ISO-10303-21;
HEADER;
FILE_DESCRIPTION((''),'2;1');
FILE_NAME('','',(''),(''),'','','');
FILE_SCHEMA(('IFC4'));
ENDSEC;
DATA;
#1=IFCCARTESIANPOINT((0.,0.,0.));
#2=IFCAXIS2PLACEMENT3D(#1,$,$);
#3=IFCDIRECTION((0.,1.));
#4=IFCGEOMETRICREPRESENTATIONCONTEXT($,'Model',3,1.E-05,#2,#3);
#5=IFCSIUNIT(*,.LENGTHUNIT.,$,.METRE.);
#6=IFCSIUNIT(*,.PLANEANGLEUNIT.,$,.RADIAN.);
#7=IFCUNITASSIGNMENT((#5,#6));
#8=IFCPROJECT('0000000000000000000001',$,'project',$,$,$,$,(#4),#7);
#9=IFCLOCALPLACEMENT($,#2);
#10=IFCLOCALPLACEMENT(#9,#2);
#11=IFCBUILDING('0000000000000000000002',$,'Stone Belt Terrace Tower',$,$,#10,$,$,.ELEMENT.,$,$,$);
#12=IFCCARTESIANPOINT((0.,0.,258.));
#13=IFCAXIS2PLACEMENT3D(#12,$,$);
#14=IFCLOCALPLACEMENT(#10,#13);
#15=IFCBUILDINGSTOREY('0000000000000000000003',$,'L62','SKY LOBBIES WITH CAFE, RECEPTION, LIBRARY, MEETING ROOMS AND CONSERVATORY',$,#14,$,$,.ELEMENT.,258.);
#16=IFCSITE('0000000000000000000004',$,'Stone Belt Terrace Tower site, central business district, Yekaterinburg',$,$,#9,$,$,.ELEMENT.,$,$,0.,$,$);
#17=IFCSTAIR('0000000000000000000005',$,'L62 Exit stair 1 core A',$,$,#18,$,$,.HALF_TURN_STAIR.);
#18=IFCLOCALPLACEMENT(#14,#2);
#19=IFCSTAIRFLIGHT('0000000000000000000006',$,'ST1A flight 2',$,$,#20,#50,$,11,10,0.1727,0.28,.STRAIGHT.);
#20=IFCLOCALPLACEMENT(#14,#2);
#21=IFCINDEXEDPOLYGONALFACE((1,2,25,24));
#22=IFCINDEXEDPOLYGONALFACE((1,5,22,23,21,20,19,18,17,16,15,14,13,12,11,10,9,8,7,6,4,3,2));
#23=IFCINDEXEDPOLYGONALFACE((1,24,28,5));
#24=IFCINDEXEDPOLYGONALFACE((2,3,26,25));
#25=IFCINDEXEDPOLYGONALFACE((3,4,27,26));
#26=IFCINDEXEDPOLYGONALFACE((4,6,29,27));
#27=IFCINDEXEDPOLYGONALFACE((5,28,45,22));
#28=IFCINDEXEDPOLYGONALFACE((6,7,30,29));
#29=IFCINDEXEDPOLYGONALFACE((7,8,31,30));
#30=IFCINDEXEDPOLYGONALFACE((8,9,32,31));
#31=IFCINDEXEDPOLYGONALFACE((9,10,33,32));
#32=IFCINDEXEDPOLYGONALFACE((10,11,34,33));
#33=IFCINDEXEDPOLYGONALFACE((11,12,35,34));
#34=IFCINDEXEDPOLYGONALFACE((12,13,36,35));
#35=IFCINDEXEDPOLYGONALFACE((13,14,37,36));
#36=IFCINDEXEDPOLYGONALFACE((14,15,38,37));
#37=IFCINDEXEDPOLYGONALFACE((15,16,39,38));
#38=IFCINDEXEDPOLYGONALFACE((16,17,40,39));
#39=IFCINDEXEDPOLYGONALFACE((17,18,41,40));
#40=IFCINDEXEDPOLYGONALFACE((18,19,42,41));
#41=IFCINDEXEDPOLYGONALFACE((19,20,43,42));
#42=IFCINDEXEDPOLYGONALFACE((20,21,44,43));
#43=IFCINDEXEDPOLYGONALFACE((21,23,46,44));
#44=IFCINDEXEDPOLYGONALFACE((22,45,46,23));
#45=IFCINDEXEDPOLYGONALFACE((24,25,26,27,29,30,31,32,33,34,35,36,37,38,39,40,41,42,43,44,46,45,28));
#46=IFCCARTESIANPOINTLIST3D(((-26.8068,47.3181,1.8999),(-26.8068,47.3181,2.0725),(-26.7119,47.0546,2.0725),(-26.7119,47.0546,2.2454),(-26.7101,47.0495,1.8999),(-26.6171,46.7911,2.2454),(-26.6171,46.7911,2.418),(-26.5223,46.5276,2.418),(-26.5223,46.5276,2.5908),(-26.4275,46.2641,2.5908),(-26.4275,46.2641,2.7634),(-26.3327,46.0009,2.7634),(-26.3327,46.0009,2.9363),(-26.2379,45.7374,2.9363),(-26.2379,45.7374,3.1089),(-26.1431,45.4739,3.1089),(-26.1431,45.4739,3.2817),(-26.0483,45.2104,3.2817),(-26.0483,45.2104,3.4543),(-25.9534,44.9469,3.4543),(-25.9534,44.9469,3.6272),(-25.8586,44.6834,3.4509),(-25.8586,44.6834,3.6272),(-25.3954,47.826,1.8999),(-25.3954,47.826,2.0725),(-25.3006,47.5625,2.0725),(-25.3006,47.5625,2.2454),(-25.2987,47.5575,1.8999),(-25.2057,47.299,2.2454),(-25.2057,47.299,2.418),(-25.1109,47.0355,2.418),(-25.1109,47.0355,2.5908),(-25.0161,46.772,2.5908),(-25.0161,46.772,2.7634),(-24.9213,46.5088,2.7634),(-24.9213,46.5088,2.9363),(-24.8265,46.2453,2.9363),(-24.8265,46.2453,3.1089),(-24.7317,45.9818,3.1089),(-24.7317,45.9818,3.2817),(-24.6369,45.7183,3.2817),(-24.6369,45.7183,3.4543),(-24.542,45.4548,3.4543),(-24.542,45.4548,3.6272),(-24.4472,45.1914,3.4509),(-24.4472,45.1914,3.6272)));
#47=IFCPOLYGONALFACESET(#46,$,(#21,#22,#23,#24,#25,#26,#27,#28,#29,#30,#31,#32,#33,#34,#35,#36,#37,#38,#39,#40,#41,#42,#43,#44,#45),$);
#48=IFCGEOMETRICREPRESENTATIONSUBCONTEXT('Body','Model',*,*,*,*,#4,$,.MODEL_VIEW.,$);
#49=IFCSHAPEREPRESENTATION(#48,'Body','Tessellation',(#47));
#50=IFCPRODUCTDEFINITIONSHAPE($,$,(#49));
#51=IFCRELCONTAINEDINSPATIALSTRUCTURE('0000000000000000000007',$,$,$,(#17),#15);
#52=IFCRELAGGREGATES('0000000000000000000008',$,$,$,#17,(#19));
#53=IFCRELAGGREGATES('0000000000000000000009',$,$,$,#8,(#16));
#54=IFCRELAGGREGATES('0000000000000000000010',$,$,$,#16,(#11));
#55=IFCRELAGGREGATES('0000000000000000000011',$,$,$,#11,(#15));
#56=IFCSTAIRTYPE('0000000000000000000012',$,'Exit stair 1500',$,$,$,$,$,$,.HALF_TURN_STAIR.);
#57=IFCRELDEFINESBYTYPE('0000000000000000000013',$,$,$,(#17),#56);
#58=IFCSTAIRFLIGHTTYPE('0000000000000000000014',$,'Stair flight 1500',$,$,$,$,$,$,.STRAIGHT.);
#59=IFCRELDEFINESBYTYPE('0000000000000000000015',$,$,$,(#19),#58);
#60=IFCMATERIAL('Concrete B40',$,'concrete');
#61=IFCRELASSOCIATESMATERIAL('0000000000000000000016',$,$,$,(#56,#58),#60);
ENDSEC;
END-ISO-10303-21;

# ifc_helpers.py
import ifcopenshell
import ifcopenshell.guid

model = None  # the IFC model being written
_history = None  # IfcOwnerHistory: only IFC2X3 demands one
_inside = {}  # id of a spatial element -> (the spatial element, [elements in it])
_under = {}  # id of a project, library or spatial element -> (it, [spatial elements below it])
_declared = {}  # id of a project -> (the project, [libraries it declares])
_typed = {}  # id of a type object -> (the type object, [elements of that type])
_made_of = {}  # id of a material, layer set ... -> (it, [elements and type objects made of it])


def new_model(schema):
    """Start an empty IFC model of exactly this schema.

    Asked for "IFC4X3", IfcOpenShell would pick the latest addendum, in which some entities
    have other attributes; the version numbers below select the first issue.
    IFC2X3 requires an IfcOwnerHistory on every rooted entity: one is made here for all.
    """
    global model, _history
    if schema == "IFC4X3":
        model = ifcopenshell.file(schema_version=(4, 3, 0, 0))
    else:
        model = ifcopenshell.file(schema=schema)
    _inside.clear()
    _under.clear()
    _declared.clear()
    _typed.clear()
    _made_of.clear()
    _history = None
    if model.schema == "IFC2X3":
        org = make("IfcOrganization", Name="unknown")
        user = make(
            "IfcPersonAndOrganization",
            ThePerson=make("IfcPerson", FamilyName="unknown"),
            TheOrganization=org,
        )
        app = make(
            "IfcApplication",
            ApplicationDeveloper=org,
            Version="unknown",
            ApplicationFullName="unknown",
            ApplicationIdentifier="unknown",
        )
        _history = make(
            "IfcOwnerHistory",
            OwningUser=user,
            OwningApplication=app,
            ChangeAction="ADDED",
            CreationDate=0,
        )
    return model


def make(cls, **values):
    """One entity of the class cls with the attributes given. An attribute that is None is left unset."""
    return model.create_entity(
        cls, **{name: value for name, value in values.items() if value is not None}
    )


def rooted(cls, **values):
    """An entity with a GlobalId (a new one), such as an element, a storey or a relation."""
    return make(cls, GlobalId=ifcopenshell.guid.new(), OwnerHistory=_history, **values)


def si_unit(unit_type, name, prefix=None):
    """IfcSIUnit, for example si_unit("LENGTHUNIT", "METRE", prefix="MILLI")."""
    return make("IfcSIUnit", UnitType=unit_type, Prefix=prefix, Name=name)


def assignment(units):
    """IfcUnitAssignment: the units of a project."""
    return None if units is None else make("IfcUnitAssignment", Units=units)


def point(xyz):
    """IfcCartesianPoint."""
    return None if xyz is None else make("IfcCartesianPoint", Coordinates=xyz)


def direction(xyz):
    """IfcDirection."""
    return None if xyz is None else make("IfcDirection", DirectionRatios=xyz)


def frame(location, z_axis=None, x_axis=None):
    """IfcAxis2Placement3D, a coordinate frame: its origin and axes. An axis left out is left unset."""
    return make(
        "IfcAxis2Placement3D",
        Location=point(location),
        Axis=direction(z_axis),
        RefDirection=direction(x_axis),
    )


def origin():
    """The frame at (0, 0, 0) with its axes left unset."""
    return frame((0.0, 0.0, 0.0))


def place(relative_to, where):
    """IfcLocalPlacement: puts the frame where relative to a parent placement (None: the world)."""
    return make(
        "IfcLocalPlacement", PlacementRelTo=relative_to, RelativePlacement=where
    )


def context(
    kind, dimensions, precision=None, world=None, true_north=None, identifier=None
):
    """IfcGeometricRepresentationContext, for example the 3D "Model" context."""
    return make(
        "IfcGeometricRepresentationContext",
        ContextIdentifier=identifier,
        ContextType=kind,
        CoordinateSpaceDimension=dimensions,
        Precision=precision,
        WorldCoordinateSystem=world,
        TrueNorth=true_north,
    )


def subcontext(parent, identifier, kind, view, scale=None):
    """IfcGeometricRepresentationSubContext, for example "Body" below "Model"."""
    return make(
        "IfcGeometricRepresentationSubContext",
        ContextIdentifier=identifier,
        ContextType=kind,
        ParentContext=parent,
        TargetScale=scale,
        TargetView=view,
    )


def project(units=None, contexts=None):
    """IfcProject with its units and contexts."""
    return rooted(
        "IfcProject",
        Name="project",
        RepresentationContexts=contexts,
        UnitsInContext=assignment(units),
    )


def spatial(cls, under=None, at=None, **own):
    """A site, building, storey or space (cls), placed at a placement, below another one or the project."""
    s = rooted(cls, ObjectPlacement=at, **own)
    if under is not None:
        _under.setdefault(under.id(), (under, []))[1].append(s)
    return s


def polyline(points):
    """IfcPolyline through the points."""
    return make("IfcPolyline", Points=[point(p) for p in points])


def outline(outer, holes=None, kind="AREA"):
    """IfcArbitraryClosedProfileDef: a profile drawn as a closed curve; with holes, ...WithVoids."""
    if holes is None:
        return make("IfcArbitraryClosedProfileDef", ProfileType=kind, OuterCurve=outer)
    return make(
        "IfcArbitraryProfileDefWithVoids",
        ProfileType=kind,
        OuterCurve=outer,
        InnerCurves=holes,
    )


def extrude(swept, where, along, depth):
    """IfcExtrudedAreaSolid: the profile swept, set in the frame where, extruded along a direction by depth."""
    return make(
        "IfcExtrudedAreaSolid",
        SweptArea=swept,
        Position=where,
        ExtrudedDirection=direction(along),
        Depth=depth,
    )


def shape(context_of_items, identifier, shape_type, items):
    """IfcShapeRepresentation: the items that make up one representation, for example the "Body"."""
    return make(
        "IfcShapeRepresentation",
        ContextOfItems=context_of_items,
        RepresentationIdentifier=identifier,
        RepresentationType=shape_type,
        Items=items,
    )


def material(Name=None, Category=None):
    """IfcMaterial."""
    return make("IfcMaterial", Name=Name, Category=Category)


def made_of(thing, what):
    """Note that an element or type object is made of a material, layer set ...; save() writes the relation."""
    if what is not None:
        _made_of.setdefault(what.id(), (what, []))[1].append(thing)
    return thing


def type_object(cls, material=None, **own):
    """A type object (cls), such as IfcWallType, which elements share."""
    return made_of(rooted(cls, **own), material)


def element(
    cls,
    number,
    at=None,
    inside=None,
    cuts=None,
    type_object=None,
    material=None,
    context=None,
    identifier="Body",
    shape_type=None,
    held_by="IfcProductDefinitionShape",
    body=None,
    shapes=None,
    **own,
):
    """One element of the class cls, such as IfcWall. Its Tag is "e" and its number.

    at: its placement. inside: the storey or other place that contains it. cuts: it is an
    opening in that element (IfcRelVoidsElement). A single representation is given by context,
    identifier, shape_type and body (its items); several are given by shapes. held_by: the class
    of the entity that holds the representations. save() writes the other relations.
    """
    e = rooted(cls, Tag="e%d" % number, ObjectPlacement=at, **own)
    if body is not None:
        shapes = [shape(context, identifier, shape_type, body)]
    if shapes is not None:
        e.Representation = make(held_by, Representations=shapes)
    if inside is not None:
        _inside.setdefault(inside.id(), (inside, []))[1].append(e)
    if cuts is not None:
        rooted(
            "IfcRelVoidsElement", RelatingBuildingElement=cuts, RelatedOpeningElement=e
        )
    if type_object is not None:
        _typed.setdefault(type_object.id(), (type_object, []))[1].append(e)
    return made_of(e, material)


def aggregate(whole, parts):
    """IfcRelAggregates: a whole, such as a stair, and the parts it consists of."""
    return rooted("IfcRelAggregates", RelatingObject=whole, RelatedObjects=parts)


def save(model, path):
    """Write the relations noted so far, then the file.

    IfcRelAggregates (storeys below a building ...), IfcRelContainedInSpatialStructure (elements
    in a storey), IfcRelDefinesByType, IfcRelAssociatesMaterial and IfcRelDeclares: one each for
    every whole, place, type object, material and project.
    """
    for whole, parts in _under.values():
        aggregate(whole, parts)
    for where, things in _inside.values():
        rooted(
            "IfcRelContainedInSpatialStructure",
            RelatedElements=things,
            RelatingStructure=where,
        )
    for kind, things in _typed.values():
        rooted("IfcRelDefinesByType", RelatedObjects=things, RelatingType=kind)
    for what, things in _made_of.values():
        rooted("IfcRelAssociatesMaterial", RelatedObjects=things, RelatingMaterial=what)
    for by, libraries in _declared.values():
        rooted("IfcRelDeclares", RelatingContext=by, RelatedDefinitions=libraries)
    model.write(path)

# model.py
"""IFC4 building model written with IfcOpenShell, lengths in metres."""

from ifc_helpers import new_model, si_unit, direction, frame, origin, place, context, subcontext, project, spatial, polyline, outline, extrude, material, type_object, element, aggregate, save


model = new_model("IFC4")

# Units and contexts
model_context = context("Model", 3, precision=1e-05, world=origin(), true_north=direction((0.0, 1.0)))
body_context = subcontext(model_context, "Body", "Model", "MODEL_VIEW")
ifc_project = project(units=[si_unit("LENGTHUNIT", "METRE"), si_unit("PLANEANGLEUNIT", "RADIAN")], contexts=[model_context])

# Site, building, storey
site_placement = place(None, origin())
site = spatial("IfcSite", under=ifc_project, at=site_placement, Name="Stone Belt Terrace Tower site, central business district, Yekaterinburg", CompositionType="ELEMENT", RefElevation=0.0)
building_placement = place(site_placement, origin())
building = spatial("IfcBuilding", under=site, at=building_placement, Name="Stone Belt Terrace Tower", CompositionType="ELEMENT")
storey_placement = place(building_placement, frame((0.0, 0.0, 258.0)))
storey = spatial("IfcBuildingStorey", under=building, at=storey_placement, Name="L62", Description="SKY LOBBIES WITH CAFE, RECEPTION, LIBRARY, MEETING ROOMS AND CONSERVATORY", CompositionType="ELEMENT", Elevation=258.0)

# Stair, stair flight
ifc_material_1 = material(Name="Concrete B40", Category="concrete")
stair_type = type_object("IfcStairType", Name="Exit stair 1500", PredefinedType="HALF_TURN_STAIR", material=ifc_material_1)
stair_placement = place(storey_placement, origin())
stair = element("IfcStair", 1, at=stair_placement, inside=storey, type_object=stair_type, Name="L62 Exit stair 1 core A", PredefinedType="HALF_TURN_STAIR")
stair_flight_type = type_object("IfcStairFlightType", Name="Stair flight 1500", PredefinedType="STRAIGHT", material=ifc_material_1)
stair_flight_placement = place(storey_placement, frame((-26.1011, 47.572, 1.8999), z_axis=(0.0, 0.0, 1.0), x_axis=(0.338624, -0.940922, 0.0)))
stair_flight = element("IfcStairFlight", 2, at=stair_flight_placement, type_object=stair_flight_type, Name="ST1A flight 2", NumberOfRisers=11, NumberOfTreads=10, PredefinedType="STRAIGHT", RiserHeight=0.1727, TreadLength=0.28, context=body_context, shape_type="SweptSolid", body=[
    extrude(outline(polyline([(0.0, 0.0), (0.0, 0.1726), (0.28, 0.1726), (0.28, 0.3455), (0.5601, 0.3455), (0.5601, 0.5181), (0.8401, 0.5181), (0.8401, 0.6909), (1.1201, 0.6909), (1.1201, 0.8635), (1.3999, 0.8635), (1.3999, 1.0364), (1.6799, 1.0364), (1.6799, 1.209), (1.96, 1.209), (1.96, 1.3818), (2.24, 1.3818), (2.24, 1.5544), (2.52, 1.5544), (2.52, 1.7273), (2.8, 1.7273), (2.8, 1.8999), (2.8, 1.551), (0.2854, 0.0), (0.0, 0.0)])), frame((0.0, 0.75, 0.0), z_axis=(0.0, -1.0, 0.0), x_axis=(1.0, 0.0, 0.0)), (0.0, 0.0, 1.0), 1.5),
])
aggregate(stair, [stair_flight])

save(model, "model.ifc")
